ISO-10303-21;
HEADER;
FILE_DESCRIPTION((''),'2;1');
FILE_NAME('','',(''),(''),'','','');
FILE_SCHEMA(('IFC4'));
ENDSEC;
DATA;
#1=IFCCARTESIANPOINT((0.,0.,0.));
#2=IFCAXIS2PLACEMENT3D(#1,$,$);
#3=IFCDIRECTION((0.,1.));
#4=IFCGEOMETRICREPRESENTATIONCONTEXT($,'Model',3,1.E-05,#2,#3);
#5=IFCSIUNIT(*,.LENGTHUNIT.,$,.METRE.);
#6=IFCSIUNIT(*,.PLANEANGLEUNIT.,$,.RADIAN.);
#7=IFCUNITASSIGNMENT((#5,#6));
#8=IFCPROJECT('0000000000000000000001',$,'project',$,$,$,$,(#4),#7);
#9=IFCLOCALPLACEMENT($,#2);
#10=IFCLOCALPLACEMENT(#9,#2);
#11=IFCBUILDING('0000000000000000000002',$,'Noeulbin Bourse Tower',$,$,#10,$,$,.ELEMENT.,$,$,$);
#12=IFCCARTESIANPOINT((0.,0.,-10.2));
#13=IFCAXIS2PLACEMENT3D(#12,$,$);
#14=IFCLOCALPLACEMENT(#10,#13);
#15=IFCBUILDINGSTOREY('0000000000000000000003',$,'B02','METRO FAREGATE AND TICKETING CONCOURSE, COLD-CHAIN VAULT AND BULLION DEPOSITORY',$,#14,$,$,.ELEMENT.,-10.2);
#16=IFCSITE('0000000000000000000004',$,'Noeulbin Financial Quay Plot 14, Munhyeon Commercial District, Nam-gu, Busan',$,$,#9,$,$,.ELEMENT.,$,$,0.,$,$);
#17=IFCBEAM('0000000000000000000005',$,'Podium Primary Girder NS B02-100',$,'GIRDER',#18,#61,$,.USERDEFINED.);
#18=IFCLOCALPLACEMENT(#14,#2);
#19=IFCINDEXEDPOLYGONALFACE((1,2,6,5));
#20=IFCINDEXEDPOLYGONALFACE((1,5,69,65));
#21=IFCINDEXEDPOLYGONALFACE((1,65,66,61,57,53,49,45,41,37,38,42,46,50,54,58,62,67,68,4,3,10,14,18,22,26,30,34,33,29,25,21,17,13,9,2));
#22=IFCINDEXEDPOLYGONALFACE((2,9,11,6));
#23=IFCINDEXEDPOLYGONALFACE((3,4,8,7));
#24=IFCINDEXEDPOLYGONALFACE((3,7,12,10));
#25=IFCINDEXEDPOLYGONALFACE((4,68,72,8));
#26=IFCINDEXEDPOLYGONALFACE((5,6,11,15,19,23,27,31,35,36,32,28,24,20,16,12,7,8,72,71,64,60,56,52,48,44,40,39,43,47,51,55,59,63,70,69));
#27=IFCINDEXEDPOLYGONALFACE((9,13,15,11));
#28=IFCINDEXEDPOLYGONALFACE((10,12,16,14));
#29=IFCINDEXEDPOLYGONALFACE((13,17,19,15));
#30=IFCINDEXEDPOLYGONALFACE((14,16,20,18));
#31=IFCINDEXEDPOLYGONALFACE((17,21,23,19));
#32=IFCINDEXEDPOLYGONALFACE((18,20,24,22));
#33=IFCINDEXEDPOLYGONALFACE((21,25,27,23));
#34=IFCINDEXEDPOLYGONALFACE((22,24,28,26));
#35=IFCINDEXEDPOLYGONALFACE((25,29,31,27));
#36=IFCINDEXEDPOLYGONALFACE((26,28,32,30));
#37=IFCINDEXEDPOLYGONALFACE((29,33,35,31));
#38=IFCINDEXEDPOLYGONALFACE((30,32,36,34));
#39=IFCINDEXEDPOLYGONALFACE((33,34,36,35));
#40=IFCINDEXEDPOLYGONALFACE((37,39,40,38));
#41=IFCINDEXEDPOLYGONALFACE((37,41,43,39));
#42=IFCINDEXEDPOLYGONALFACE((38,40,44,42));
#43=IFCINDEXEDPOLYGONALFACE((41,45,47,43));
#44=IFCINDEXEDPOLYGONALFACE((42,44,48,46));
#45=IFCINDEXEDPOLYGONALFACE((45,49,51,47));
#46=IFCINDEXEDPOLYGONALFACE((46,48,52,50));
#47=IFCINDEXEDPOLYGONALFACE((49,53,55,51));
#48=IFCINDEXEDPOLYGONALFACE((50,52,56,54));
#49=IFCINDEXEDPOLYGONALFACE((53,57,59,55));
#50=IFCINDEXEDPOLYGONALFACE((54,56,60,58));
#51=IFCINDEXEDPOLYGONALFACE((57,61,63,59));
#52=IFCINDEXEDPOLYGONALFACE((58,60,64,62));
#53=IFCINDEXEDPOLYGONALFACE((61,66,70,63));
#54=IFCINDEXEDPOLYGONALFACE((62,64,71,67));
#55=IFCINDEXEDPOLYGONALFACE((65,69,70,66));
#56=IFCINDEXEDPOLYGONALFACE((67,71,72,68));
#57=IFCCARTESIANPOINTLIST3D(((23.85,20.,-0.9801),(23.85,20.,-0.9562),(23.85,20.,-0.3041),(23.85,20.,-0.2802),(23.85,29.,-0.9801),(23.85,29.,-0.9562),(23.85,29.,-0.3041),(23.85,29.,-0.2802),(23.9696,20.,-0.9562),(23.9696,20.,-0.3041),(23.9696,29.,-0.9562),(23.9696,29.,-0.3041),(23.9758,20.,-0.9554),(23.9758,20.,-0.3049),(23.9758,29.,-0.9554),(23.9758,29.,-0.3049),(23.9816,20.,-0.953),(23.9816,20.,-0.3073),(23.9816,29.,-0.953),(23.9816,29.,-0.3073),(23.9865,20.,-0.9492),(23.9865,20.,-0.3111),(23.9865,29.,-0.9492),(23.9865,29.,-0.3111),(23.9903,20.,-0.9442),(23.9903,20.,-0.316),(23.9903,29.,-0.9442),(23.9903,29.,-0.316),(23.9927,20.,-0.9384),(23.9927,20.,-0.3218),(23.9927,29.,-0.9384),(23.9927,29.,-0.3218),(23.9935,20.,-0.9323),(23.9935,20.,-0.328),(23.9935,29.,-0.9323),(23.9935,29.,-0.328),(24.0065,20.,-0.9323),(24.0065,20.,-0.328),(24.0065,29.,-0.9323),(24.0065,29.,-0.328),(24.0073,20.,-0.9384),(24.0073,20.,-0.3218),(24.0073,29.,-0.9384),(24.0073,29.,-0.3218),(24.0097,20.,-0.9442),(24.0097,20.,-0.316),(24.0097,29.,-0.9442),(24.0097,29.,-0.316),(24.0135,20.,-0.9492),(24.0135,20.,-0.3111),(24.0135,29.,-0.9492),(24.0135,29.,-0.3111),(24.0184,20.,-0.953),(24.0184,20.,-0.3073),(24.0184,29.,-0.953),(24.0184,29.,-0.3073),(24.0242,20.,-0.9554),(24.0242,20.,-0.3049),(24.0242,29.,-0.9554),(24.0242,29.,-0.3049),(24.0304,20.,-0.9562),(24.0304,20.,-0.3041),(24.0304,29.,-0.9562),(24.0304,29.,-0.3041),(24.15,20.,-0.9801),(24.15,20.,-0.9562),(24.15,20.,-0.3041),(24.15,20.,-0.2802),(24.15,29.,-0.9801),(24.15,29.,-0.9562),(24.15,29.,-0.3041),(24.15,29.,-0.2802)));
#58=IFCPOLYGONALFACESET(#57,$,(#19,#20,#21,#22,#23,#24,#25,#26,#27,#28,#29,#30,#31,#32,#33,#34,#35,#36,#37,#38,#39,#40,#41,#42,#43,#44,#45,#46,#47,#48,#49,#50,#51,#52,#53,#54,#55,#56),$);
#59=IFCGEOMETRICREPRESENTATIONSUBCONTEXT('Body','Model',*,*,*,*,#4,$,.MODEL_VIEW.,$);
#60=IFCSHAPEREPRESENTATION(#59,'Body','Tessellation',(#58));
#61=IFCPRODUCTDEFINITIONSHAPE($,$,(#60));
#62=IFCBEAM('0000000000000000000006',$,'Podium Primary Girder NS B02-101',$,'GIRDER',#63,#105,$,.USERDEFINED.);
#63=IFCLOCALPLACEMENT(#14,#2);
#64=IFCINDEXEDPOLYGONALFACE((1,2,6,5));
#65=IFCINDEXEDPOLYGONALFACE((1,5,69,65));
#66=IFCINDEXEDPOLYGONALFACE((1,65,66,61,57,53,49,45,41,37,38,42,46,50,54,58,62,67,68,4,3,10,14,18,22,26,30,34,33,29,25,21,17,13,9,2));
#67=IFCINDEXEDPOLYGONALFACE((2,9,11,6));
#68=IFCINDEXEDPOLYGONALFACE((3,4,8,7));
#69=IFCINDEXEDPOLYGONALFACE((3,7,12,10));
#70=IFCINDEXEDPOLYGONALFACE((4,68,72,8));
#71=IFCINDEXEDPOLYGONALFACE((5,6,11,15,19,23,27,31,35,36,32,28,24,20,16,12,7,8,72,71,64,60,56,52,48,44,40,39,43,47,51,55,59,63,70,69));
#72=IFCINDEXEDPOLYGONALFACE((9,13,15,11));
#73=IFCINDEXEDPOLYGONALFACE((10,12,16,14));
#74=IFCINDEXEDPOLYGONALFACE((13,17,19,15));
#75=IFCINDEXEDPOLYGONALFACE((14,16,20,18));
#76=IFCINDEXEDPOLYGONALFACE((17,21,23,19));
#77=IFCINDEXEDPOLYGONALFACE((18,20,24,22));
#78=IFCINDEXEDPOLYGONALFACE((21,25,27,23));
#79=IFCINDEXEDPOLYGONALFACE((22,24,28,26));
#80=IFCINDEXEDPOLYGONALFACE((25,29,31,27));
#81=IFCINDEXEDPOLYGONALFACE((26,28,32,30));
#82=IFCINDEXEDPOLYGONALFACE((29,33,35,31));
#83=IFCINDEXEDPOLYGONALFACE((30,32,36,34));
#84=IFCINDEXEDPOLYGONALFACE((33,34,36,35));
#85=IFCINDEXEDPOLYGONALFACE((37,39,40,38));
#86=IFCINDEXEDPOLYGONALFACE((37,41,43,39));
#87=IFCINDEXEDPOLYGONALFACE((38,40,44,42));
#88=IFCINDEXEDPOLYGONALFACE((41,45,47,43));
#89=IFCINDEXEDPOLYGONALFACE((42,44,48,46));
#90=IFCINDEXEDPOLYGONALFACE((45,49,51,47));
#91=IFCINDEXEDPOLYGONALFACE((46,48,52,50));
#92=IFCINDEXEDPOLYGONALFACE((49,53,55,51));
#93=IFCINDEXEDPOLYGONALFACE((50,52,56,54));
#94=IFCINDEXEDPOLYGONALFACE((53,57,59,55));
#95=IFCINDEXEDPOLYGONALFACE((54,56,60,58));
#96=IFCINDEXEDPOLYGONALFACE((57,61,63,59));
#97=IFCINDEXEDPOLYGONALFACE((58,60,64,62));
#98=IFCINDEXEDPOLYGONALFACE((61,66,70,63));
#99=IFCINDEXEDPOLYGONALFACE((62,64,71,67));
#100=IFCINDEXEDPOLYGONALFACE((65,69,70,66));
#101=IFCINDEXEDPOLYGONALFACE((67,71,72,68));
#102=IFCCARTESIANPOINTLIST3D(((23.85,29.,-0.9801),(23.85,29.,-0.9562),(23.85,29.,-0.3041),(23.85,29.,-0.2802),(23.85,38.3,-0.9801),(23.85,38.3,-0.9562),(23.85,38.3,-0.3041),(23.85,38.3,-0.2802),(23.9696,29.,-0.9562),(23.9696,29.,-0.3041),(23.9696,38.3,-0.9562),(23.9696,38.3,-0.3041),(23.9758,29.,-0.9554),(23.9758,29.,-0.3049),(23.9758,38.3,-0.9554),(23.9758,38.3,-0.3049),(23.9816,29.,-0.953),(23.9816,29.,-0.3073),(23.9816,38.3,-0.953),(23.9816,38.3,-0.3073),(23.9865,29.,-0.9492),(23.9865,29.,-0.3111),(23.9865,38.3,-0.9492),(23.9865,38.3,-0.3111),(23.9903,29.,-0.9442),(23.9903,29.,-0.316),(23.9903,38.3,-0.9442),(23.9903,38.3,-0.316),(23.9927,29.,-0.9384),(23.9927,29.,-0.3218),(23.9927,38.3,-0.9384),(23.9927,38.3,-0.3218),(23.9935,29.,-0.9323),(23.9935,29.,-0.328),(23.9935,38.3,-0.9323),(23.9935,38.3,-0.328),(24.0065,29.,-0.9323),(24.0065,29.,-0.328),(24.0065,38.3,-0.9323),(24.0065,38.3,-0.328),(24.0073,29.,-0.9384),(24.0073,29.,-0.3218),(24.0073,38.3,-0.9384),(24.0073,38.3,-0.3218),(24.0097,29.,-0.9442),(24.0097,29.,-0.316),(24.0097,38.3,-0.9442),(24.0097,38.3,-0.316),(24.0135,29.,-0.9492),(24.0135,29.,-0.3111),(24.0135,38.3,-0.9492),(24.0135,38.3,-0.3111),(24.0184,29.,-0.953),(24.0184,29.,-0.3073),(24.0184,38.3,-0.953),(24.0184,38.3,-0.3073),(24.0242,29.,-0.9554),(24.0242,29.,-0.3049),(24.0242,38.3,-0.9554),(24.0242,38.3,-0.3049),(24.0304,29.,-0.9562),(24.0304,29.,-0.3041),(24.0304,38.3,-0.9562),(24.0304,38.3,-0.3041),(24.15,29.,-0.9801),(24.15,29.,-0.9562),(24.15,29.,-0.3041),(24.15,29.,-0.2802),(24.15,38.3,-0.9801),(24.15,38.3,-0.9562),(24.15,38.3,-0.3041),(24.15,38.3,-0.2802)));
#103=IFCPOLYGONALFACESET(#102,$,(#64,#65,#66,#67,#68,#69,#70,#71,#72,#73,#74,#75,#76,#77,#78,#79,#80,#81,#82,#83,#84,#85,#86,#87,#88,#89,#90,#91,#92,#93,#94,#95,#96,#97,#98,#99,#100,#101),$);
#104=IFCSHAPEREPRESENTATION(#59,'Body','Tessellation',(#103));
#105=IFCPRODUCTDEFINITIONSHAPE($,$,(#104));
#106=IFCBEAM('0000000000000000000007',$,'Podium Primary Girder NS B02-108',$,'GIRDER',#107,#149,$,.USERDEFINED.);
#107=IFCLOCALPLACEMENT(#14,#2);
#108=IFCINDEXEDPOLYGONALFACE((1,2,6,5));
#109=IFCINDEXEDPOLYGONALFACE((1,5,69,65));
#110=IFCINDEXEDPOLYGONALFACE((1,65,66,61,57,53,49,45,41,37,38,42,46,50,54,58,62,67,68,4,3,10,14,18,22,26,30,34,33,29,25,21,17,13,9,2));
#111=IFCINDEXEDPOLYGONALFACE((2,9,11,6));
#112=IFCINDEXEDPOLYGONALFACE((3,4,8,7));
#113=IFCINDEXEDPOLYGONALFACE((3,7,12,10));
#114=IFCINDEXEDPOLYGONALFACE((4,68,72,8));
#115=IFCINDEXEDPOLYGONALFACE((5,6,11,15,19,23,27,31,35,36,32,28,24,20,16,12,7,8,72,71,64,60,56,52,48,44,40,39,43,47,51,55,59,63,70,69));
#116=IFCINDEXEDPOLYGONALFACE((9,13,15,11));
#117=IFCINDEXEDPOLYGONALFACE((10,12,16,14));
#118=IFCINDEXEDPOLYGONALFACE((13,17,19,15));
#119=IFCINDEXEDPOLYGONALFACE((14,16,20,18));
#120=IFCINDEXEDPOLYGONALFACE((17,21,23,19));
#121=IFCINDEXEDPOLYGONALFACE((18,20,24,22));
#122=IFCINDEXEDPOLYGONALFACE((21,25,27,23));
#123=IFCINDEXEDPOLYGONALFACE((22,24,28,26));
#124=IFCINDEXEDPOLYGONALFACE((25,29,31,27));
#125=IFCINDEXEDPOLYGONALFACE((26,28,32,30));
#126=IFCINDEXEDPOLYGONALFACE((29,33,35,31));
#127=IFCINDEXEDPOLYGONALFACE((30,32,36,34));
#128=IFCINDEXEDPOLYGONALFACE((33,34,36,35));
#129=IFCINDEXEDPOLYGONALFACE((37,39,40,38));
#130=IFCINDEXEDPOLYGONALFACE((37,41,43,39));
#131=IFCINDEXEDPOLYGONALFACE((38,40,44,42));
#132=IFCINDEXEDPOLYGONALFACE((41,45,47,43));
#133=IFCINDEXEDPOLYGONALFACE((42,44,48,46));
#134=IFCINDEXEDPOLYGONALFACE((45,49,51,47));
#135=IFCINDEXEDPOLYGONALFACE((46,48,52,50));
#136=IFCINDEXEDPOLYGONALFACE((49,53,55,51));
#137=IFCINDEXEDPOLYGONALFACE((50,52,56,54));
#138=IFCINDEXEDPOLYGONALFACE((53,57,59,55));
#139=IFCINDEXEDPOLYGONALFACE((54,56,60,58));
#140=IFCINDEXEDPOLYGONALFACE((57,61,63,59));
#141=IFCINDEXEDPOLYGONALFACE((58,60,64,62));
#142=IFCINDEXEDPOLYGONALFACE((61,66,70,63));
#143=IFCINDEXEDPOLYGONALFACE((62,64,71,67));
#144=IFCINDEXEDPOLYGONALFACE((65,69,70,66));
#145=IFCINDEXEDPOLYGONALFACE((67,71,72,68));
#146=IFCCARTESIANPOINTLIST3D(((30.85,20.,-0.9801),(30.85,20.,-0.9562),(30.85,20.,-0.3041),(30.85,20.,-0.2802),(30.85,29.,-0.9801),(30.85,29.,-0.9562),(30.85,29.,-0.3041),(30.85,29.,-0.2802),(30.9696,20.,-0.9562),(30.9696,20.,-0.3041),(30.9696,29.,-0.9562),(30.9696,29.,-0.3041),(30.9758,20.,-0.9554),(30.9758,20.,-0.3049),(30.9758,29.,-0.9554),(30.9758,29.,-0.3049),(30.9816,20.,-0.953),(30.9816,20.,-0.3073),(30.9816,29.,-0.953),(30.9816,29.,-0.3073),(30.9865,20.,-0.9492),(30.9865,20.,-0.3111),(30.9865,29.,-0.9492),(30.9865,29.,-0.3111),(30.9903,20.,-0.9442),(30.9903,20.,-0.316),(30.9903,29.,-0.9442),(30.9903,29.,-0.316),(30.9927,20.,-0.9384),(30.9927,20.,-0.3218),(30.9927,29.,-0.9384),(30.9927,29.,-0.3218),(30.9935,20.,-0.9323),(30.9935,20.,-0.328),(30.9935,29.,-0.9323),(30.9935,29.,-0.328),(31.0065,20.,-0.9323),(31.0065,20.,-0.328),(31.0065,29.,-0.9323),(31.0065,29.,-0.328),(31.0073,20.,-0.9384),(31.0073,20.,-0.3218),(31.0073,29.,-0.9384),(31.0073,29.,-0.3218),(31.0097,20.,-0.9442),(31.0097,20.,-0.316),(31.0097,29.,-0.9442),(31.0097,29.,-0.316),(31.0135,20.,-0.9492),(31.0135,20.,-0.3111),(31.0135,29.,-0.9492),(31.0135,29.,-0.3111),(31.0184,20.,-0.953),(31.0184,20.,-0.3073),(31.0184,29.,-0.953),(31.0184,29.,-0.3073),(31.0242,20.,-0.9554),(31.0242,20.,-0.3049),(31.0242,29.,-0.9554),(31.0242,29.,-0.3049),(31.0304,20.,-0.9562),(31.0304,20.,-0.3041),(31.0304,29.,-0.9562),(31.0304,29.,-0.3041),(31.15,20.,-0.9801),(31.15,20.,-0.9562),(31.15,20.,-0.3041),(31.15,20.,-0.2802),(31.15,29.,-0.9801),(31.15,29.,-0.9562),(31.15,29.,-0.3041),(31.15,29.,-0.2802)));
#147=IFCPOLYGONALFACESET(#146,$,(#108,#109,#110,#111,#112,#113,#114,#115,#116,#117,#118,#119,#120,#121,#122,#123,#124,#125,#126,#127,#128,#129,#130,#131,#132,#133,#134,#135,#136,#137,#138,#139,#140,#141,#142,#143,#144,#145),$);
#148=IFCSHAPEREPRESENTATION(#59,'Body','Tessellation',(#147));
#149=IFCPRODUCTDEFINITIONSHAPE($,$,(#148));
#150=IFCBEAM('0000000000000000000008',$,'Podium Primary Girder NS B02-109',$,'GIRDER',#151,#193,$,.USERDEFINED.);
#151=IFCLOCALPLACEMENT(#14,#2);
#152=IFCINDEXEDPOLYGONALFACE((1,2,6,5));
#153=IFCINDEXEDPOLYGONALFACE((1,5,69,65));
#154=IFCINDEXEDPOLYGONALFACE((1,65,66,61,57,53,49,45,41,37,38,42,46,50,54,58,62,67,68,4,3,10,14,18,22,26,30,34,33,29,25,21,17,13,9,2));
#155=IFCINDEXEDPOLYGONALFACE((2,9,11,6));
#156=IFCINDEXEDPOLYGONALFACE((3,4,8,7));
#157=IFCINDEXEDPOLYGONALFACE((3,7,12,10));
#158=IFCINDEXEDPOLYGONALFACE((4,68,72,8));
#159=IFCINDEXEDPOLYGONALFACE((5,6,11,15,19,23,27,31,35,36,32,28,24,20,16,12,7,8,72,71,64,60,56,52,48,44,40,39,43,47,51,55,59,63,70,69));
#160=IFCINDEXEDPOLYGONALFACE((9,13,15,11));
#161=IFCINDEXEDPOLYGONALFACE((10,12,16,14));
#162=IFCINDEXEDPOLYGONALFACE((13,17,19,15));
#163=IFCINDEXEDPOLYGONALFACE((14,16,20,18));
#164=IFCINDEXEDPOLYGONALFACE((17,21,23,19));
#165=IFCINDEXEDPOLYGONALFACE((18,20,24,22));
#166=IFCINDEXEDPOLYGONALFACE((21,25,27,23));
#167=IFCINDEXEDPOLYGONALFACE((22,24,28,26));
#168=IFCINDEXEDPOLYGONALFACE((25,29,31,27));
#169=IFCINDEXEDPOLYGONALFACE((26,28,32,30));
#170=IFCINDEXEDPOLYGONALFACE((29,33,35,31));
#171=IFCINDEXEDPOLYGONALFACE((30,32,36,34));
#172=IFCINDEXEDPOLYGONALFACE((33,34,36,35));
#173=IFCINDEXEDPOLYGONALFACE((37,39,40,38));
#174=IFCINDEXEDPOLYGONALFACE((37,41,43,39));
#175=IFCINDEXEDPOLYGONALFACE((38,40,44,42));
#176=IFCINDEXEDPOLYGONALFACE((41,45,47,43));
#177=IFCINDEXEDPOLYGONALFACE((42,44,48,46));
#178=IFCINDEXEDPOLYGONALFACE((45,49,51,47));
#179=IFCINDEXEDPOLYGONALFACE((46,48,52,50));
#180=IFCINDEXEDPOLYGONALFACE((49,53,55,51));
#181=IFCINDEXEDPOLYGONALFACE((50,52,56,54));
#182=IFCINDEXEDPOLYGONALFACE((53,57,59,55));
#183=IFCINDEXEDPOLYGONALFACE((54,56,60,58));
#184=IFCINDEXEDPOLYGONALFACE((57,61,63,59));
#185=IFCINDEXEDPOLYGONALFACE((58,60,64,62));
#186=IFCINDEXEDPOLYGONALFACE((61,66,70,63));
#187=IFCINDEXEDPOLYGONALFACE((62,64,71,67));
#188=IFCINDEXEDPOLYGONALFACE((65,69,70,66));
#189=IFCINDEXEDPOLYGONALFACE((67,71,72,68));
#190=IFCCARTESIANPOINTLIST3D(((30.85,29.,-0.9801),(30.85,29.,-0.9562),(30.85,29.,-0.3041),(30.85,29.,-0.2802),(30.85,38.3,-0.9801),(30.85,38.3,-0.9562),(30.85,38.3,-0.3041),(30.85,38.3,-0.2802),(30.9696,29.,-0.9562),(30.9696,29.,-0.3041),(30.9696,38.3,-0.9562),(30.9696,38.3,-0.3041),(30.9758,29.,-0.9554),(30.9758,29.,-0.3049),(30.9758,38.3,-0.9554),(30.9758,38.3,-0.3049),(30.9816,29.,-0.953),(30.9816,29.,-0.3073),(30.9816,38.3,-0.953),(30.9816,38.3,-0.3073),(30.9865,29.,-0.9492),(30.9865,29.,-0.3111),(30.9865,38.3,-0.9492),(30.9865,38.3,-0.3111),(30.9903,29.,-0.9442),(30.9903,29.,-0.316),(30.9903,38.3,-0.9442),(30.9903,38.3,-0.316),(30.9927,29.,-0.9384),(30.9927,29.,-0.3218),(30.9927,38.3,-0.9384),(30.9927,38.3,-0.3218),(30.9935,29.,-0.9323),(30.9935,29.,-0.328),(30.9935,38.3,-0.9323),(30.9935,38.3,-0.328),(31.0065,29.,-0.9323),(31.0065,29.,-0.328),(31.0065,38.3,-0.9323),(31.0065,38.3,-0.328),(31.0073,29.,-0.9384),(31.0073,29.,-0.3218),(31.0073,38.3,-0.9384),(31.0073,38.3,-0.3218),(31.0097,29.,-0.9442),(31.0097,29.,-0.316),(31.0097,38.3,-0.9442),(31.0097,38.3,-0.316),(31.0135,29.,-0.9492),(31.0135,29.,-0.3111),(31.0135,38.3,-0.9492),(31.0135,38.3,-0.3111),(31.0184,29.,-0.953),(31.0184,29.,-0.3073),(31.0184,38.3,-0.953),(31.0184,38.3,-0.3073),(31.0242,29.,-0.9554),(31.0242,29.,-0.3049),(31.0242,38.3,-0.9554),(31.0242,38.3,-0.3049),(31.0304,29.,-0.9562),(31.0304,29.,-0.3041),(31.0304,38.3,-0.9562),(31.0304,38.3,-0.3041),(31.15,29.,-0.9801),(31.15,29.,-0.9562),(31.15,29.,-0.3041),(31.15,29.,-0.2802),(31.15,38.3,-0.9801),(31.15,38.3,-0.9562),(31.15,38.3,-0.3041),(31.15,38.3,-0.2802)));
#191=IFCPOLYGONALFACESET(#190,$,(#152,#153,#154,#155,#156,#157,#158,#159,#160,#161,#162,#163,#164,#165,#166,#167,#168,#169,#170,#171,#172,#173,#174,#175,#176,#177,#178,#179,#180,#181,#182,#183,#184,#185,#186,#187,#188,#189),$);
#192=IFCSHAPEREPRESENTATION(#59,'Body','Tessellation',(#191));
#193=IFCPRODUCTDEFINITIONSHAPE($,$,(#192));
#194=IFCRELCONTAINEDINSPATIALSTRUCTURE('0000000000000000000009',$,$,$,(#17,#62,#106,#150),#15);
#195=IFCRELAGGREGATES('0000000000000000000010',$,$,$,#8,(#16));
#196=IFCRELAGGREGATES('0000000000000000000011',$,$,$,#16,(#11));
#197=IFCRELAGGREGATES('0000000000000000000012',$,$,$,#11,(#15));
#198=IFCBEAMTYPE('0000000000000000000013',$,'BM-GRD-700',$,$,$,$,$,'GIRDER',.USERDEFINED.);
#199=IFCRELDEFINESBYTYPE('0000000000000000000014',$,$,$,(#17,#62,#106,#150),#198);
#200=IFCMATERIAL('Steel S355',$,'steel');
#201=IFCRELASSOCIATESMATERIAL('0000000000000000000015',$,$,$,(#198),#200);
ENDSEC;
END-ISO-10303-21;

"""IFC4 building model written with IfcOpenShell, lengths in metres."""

from ifc_helpers import new_model, si_unit, direction, frame, origin, origin_2d, place, context, subcontext, project, spatial, i_section, extrude, material, material_profile, profile_set, type_object, element, save


model = new_model("IFC4")

# Units and contexts
model_context = context("Model", 3, precision=1e-05, world=origin(), true_north=direction((0.0, 1.0)))
body_context = subcontext(model_context, "Body", "Model", "MODEL_VIEW")
ifc_project = project(units=[si_unit("LENGTHUNIT", "METRE"), si_unit("PLANEANGLEUNIT", "RADIAN")], contexts=[model_context])

# Site, building, storey
site_placement = place(None, origin())
site = spatial("IfcSite", under=ifc_project, at=site_placement, Name="Noeulbin Financial Quay Plot 14, Munhyeon Commercial District, Nam-gu, Busan", CompositionType="ELEMENT", RefElevation=0.0)
building_placement = place(site_placement, origin())
building = spatial("IfcBuilding", under=site, at=building_placement, Name="Noeulbin Bourse Tower", CompositionType="ELEMENT")
storey_placement = place(building_placement, frame((0.0, 0.0, -10.2)))
storey = spatial("IfcBuildingStorey", under=building, at=storey_placement, Name="B02", Description="METRO FAREGATE AND TICKETING CONCOURSE, COLD-CHAIN VAULT AND BULLION DEPOSITORY", CompositionType="ELEMENT", Elevation=-10.2)

# Beams
ifc_material_1 = material(Name="Steel S355", Category="steel")
ifc_material_profile_1 = material_profile(ifc_material_1, i_section(OverallWidth=0.3, OverallDepth=0.7, WebThickness=0.0129, FlangeThickness=0.0239, FilletRadius=0.0239, at=origin_2d()), Name="H-700x300x13x24", Category="LoadBearing")
ifc_profile_set_1 = profile_set([ifc_material_profile_1], Name="Steel S355")
beam_type_1 = type_object("IfcBeamType", Name="BM-GRD-700", ElementType="GIRDER", PredefinedType="USERDEFINED", material=ifc_profile_set_1)
beam_1_placement = place(storey_placement, frame((24.0, 20.0, -0.6301), z_axis=(0.0, 1.0, 0.0), x_axis=(-1.0, 0.0, 0.0)))
element("IfcBeam", 1, at=beam_1_placement, inside=storey, type_object=beam_type_1, Name="Podium Primary Girder NS B02-100", ObjectType="GIRDER", PredefinedType="USERDEFINED", context=body_context, shape_type="SweptSolid", body=[
    extrude(i_section(OverallWidth=0.3, OverallDepth=0.7, WebThickness=0.0129, FlangeThickness=0.0239, FilletRadius=0.0239, at=origin_2d()), origin(), (0.0, 0.0, 1.0), 9.0),
])
beam_2_placement = place(storey_placement, frame((24.0, 29.0, -0.6301), z_axis=(0.0, 1.0, 0.0), x_axis=(-1.0, 0.0, 0.0)))
element("IfcBeam", 2, at=beam_2_placement, inside=storey, type_object=beam_type_1, Name="Podium Primary Girder NS B02-101", ObjectType="GIRDER", PredefinedType="USERDEFINED", context=body_context, shape_type="SweptSolid", body=[
    extrude(i_section(OverallWidth=0.3, OverallDepth=0.7, WebThickness=0.0129, FlangeThickness=0.0239, FilletRadius=0.0239, at=origin_2d()), origin(), (0.0, 0.0, 1.0), 9.3),
])
beam_3_placement = place(storey_placement, frame((31.0, 20.0, -0.6301), z_axis=(0.0, 1.0, 0.0), x_axis=(-1.0, 0.0, 0.0)))
element("IfcBeam", 3, at=beam_3_placement, inside=storey, type_object=beam_type_1, Name="Podium Primary Girder NS B02-108", ObjectType="GIRDER", PredefinedType="USERDEFINED", context=body_context, shape_type="SweptSolid", body=[
    extrude(i_section(OverallWidth=0.3, OverallDepth=0.7, WebThickness=0.0129, FlangeThickness=0.0239, FilletRadius=0.0239, at=origin_2d()), origin(), (0.0, 0.0, 1.0), 9.0),
])
beam_4_placement = place(storey_placement, frame((31.0, 29.0, -0.6301), z_axis=(0.0, 1.0, 0.0), x_axis=(-1.0, 0.0, 0.0)))
element("IfcBeam", 4, at=beam_4_placement, inside=storey, type_object=beam_type_1, Name="Podium Primary Girder NS B02-109", ObjectType="GIRDER", PredefinedType="USERDEFINED", context=body_context, shape_type="SweptSolid", body=[
    extrude(i_section(OverallWidth=0.3, OverallDepth=0.7, WebThickness=0.0129, FlangeThickness=0.0239, FilletRadius=0.0239, at=origin_2d()), origin(), (0.0, 0.0, 1.0), 9.3),
])

save(model, "model.ifc")
